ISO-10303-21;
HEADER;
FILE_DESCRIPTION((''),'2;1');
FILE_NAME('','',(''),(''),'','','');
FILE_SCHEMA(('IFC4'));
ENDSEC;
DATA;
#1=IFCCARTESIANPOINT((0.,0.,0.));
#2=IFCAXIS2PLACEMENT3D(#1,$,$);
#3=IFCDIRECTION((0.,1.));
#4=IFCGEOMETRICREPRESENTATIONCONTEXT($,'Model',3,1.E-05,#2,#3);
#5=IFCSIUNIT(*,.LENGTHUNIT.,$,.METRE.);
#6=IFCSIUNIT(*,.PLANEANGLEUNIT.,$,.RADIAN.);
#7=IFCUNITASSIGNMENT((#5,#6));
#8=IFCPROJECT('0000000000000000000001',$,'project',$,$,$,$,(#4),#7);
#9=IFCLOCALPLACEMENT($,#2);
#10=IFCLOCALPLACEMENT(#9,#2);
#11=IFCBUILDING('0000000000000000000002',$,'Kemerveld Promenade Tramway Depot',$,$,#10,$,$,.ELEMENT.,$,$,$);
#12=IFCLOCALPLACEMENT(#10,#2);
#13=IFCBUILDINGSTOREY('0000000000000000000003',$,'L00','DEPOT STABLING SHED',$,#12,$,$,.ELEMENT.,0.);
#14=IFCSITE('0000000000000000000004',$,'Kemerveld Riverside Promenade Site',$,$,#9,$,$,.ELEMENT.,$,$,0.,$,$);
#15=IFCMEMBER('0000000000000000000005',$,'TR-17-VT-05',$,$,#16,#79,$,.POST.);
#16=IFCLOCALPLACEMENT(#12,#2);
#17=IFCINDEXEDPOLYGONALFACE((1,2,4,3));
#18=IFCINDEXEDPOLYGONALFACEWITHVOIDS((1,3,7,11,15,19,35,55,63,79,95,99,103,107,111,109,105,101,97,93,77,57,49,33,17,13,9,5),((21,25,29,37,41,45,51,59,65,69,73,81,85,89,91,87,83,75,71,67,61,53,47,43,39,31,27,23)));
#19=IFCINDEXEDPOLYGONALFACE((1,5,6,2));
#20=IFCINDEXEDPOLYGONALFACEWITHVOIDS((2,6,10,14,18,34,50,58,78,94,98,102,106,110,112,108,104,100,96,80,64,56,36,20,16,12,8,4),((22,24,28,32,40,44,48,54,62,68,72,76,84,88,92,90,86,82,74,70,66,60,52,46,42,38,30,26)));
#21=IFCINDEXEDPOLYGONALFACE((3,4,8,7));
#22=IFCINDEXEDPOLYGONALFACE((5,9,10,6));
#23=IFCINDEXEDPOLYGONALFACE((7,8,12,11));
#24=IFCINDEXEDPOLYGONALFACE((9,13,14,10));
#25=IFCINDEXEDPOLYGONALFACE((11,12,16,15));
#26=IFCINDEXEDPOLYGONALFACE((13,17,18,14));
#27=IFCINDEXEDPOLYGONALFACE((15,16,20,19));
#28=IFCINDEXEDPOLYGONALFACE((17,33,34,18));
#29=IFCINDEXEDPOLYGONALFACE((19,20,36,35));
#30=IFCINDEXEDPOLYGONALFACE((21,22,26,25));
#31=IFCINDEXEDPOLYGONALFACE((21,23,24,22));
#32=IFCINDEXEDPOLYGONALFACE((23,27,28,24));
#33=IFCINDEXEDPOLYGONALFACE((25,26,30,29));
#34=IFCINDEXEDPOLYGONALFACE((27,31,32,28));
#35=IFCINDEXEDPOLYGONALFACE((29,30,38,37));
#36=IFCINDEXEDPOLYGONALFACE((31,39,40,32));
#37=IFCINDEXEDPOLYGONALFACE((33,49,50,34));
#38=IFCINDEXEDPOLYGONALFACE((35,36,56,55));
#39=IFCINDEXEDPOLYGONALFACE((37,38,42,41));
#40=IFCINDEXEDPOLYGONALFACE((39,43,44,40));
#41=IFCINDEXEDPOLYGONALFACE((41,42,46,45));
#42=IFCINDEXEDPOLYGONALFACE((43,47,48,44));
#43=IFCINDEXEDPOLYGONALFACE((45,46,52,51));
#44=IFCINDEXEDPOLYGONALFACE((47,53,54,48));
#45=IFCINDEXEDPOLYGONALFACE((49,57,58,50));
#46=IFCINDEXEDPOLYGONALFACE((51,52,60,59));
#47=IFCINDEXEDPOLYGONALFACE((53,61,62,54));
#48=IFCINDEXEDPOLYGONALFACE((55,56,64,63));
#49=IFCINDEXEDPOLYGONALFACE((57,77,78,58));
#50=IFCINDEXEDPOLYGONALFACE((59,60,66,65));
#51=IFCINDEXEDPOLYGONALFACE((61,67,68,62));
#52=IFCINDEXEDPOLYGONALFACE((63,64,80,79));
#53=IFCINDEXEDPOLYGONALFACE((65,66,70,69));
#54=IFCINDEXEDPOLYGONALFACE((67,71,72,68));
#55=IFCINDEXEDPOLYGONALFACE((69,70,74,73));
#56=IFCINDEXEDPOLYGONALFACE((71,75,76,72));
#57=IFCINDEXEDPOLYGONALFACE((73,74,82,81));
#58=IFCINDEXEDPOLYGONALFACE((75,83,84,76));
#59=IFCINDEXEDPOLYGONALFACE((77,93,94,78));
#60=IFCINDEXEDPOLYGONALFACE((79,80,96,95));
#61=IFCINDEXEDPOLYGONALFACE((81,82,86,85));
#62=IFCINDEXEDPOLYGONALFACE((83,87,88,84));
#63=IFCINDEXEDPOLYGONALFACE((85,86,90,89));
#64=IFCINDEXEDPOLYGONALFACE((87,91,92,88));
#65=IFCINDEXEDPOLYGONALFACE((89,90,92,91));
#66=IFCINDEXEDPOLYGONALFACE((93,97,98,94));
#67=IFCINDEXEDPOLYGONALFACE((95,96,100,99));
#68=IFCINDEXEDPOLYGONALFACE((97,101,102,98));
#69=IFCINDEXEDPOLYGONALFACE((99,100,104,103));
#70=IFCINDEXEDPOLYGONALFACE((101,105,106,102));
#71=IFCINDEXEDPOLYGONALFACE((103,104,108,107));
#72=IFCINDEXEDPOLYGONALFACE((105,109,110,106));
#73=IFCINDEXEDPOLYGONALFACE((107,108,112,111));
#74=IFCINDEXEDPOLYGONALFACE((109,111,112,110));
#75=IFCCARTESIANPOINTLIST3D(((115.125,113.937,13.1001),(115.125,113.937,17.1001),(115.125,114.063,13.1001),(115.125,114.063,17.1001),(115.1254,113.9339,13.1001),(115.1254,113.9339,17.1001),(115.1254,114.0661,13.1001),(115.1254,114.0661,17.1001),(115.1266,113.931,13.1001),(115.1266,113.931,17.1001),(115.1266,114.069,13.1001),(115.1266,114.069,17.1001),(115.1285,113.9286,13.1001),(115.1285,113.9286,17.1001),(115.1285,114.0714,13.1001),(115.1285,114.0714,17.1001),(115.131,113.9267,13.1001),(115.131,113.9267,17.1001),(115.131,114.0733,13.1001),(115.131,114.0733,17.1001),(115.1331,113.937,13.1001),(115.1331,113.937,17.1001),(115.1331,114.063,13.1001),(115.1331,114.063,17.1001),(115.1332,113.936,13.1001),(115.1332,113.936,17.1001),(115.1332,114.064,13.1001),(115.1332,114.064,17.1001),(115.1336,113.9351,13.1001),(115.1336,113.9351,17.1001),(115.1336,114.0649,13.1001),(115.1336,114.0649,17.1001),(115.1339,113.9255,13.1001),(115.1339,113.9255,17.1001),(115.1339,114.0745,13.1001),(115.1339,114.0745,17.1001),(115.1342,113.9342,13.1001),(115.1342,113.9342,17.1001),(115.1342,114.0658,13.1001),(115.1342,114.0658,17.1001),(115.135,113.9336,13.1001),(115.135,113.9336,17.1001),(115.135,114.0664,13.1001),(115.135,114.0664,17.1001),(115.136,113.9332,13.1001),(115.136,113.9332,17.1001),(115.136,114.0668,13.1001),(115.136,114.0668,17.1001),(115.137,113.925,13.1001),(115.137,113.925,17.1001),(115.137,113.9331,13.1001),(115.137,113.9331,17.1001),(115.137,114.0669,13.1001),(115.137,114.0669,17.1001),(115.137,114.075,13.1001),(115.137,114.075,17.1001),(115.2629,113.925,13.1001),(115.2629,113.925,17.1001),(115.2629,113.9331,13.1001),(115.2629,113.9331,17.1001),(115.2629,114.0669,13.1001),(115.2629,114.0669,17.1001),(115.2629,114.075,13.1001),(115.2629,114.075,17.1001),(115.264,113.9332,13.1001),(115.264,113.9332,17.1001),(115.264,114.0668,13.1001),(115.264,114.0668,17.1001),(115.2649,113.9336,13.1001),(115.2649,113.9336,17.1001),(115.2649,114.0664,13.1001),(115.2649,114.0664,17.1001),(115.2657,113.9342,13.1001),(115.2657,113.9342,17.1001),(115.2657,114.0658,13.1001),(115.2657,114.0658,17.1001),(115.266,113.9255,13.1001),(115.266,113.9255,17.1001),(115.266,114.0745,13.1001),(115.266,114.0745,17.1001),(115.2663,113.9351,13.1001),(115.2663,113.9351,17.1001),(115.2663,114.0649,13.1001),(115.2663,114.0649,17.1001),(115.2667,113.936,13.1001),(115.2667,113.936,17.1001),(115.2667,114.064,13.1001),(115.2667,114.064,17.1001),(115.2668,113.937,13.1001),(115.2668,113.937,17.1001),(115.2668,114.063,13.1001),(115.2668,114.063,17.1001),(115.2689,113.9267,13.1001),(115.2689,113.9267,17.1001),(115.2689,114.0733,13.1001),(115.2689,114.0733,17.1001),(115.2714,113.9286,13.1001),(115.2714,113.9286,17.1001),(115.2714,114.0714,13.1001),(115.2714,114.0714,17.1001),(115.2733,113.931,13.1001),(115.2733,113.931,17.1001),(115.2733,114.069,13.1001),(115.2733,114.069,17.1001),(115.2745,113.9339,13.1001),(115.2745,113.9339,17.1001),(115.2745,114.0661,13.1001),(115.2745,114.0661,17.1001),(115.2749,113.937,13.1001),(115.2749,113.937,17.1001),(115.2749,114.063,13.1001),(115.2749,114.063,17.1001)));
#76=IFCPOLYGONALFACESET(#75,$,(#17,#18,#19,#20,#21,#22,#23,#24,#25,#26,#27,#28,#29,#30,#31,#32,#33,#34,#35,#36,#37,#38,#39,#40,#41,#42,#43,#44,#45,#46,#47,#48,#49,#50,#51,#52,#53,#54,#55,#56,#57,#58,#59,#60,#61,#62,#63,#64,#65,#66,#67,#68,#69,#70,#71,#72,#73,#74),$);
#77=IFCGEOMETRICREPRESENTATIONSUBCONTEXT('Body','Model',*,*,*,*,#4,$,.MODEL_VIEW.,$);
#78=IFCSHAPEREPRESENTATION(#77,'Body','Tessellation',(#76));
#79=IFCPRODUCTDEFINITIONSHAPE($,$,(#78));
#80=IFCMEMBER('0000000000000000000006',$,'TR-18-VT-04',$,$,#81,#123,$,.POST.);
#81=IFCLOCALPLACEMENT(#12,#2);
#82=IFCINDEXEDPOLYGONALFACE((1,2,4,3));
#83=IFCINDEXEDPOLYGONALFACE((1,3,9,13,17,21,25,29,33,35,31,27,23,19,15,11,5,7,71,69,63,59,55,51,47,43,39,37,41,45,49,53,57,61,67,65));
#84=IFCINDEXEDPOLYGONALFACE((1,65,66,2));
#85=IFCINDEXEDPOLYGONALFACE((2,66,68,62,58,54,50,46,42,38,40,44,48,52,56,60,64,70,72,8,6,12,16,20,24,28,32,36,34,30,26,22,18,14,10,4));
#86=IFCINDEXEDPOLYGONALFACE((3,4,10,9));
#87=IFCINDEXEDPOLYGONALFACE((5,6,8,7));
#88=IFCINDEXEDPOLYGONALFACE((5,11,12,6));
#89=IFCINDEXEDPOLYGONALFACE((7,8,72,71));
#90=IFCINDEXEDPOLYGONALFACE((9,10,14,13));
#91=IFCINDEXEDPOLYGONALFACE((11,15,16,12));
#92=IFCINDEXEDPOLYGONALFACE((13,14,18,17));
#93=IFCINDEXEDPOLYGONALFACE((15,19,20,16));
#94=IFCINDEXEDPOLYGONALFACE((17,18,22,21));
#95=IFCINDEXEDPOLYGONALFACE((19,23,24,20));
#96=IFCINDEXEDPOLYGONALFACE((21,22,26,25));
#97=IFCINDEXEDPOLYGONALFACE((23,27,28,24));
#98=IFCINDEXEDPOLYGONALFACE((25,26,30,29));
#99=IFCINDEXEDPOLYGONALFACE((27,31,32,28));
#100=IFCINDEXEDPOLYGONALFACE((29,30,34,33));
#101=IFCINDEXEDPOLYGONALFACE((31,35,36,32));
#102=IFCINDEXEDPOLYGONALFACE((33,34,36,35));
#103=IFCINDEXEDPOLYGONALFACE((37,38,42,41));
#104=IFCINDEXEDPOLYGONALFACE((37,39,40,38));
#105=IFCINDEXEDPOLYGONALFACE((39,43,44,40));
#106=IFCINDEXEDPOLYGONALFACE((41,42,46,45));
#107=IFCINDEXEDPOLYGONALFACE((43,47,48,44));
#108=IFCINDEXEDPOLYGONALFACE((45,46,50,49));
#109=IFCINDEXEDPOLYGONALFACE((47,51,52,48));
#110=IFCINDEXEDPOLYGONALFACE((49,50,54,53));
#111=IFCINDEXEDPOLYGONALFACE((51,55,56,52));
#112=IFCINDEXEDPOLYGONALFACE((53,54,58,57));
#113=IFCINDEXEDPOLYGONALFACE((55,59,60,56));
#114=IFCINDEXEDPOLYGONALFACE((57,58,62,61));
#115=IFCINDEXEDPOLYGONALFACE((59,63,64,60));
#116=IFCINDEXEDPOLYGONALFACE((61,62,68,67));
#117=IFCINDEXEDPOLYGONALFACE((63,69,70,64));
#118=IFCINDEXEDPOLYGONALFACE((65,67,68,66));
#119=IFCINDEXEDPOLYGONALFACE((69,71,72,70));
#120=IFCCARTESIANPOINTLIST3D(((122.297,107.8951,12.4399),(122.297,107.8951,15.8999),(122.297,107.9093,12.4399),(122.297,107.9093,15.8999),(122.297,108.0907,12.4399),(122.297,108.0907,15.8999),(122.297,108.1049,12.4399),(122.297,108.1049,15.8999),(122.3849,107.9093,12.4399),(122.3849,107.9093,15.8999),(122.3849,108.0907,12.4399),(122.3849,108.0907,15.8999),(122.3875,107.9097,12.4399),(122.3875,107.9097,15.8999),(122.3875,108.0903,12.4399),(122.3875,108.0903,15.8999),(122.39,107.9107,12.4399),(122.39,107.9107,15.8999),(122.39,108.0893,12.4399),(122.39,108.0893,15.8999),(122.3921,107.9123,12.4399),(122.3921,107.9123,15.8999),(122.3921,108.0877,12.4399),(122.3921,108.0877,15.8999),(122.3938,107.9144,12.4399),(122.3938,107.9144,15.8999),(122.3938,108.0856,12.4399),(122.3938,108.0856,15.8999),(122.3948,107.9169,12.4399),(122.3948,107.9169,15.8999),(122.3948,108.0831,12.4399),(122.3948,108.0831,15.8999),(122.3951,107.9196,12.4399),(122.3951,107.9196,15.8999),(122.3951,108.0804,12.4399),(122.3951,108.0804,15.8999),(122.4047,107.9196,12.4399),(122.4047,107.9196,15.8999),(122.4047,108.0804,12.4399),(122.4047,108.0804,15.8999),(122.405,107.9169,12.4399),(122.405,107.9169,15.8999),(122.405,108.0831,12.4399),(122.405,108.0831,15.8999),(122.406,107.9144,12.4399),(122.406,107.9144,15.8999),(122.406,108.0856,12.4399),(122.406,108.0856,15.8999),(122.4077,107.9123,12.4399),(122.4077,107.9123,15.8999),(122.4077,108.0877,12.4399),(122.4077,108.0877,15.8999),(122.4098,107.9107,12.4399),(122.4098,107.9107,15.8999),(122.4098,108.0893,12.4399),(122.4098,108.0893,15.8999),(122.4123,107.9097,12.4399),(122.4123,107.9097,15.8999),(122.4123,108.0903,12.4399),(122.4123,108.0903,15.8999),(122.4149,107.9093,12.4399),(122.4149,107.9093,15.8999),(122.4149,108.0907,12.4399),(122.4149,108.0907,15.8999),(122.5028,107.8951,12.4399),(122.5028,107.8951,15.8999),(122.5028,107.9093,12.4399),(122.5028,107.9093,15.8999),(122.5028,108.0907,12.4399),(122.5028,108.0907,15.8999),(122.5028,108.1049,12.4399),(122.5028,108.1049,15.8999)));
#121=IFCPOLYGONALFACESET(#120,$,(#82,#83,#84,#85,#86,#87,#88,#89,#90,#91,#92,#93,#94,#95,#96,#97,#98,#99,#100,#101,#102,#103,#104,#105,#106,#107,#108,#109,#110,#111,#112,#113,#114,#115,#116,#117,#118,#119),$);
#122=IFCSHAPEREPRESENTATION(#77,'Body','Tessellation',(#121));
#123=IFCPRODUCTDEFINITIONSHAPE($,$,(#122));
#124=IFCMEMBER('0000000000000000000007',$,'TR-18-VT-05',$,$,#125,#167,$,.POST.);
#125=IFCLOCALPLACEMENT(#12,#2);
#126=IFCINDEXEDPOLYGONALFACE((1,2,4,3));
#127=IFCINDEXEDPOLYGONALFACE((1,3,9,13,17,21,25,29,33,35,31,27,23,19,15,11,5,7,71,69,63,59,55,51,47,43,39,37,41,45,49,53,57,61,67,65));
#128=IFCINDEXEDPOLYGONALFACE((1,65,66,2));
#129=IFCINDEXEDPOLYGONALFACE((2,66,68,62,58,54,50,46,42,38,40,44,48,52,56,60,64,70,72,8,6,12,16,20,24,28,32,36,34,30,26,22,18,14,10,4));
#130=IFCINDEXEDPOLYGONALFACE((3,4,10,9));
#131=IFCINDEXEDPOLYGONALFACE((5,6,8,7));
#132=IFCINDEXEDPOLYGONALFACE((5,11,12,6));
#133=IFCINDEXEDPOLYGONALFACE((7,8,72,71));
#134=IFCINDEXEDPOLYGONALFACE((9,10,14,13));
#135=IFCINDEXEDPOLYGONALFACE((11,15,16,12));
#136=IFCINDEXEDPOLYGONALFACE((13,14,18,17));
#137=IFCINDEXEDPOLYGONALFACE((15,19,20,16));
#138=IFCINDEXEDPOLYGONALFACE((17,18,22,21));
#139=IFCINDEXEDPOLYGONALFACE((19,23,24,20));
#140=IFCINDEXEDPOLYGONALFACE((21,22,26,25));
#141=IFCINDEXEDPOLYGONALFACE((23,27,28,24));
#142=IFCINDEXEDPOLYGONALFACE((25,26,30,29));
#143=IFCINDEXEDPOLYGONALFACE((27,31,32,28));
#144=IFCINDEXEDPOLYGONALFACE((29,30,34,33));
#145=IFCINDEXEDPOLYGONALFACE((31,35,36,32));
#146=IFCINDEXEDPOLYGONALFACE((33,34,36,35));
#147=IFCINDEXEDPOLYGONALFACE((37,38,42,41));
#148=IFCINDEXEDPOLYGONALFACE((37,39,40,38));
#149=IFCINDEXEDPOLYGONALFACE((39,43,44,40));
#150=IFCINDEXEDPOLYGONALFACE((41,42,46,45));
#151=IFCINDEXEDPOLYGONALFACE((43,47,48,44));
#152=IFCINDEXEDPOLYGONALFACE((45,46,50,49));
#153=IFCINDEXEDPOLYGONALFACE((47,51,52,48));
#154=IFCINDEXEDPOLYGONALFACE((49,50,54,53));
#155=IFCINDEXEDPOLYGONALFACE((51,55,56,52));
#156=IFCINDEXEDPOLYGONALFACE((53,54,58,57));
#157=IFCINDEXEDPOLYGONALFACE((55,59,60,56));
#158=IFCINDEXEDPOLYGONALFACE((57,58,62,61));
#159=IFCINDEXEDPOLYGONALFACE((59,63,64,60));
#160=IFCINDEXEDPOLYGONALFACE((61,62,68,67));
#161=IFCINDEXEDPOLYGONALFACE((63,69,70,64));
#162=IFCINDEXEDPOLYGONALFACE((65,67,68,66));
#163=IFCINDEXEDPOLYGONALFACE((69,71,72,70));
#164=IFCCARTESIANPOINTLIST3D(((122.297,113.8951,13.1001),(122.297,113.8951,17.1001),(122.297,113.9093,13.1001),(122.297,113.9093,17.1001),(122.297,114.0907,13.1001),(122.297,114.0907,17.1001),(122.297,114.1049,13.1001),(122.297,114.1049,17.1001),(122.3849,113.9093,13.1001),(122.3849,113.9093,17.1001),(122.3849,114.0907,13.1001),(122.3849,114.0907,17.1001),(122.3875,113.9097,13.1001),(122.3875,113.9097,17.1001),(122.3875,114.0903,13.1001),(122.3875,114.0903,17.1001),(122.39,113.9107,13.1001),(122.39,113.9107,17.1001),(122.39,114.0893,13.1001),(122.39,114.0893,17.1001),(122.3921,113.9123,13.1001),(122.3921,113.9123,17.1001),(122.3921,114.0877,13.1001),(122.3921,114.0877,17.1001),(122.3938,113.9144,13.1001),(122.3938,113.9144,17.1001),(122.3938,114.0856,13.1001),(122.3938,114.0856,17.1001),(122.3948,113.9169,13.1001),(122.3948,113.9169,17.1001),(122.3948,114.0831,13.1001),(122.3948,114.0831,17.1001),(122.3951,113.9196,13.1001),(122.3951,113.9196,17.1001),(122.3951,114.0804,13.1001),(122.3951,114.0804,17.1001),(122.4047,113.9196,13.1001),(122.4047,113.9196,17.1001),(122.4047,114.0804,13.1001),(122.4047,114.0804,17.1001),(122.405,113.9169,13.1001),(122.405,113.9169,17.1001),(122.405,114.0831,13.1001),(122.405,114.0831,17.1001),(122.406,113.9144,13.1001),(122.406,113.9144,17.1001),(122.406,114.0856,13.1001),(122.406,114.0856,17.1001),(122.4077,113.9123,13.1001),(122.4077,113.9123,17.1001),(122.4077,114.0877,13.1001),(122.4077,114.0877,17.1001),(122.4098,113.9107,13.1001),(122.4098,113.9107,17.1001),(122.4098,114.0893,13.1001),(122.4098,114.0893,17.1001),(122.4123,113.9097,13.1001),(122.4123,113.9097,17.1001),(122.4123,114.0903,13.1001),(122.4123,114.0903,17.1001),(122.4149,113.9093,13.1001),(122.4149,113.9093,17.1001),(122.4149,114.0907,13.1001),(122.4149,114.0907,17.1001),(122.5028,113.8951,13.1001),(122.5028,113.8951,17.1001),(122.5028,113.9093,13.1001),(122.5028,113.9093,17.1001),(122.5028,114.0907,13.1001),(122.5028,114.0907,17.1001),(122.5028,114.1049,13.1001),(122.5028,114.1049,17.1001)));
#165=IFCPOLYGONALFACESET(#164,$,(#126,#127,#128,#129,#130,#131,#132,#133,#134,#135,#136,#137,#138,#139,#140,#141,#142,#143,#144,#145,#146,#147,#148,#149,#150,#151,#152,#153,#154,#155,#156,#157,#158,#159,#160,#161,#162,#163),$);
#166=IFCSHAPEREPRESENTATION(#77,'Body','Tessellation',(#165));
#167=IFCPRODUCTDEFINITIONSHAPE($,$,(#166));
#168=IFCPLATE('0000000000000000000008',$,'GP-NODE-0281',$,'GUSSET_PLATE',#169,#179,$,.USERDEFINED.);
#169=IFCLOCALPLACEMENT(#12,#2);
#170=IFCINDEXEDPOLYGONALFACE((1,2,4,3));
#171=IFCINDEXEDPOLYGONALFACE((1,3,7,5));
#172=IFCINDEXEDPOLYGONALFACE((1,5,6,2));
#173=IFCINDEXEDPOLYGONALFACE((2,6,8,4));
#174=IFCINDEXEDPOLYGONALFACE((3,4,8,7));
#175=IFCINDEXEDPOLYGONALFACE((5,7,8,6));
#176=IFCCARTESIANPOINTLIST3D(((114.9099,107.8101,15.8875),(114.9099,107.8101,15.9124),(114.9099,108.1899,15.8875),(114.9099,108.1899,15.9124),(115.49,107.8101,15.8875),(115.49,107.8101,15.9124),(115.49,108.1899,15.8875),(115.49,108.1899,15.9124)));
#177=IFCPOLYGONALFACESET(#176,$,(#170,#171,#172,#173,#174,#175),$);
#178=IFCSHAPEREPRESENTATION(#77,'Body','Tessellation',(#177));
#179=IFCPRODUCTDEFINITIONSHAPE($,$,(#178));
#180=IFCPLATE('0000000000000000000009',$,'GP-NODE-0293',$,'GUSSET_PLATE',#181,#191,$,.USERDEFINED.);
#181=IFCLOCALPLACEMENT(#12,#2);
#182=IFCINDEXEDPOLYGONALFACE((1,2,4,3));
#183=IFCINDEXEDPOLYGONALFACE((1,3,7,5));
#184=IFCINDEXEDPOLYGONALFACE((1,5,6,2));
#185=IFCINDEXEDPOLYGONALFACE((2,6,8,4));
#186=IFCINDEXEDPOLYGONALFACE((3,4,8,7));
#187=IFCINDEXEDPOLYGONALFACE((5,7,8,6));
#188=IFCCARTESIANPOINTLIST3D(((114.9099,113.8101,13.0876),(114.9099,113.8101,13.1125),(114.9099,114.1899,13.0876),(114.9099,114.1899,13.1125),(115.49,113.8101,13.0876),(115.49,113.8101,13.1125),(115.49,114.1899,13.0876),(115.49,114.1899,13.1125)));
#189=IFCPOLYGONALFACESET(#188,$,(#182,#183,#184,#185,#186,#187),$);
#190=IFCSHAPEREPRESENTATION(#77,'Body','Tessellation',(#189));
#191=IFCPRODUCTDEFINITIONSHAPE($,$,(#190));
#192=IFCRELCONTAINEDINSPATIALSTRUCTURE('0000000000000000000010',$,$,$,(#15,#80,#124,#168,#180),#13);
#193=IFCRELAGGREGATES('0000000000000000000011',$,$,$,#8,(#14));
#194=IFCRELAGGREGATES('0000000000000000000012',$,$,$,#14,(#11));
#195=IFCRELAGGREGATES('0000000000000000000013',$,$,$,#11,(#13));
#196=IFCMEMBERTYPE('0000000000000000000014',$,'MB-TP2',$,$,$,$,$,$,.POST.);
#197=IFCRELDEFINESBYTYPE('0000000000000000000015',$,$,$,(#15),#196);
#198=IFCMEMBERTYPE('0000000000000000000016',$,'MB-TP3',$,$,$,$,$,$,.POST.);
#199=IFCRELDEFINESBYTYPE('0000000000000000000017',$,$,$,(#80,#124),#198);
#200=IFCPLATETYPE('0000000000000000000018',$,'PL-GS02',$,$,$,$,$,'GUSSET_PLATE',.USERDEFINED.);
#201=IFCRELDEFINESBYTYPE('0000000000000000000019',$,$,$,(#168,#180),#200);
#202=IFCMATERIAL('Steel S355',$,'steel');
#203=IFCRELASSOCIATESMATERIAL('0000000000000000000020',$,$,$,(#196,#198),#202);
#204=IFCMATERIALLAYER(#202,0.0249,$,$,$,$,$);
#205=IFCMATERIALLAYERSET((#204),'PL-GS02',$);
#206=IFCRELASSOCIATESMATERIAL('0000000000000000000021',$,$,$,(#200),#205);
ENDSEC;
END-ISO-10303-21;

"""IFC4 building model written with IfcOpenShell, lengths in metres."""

from ifc_helpers import new_model, si_unit, direction, frame, origin, origin_2d, place, context, subcontext, project, spatial, rectangle, hollow_rectangle, i_section, extrude, material, layer, layer_set, material_profile, profile_set, type_object, element, save


model = new_model("IFC4")

# Units and contexts
model_context = context("Model", 3, precision=1e-05, world=origin(), true_north=direction((0.0, 1.0)))
body_context = subcontext(model_context, "Body", "Model", "MODEL_VIEW")
ifc_project = project(units=[si_unit("LENGTHUNIT", "METRE"), si_unit("PLANEANGLEUNIT", "RADIAN")], contexts=[model_context])

# Site, building, storey
site_placement = place(None, origin())
site = spatial("IfcSite", under=ifc_project, at=site_placement, Name="Kemerveld Riverside Promenade Site", CompositionType="ELEMENT", RefElevation=0.0)
building_placement = place(site_placement, origin())
building = spatial("IfcBuilding", under=site, at=building_placement, Name="Kemerveld Promenade Tramway Depot", CompositionType="ELEMENT")
storey_placement = place(building_placement, origin())
storey = spatial("IfcBuildingStorey", under=building, at=storey_placement, Name="L00", Description="DEPOT STABLING SHED", CompositionType="ELEMENT", Elevation=0.0)

# Members
ifc_material_1 = material(Name="Steel S355", Category="steel")
ifc_material_profile_1 = material_profile(ifc_material_1, hollow_rectangle(XDim=0.1499, YDim=0.1499, WallThickness=0.0081, InnerFilletRadius=0.0039, OuterFilletRadius=0.012, at=origin_2d()), Name="150x150x8.0 SHS")
ifc_profile_set_1 = profile_set([ifc_material_profile_1], Name="Steel S355")
member_type_1 = type_object("IfcMemberType", Name="MB-TP2", PredefinedType="POST", material=ifc_profile_set_1)
member_1_placement = place(storey_placement, frame((115.2, 114.0, 13.1001), z_axis=(0.0, 0.0, 1.0), x_axis=(1.0, 0.0, 0.0)))
element("IfcMember", 1, at=member_1_placement, inside=storey, type_object=member_type_1, Name="TR-17-VT-05", PredefinedType="POST", context=body_context, shape_type="SweptSolid", body=[
    extrude(hollow_rectangle(XDim=0.1499, YDim=0.1499, WallThickness=0.0081, InnerFilletRadius=0.0039, OuterFilletRadius=0.012, at=origin_2d()), origin(), (0.0, 0.0, 1.0), 4.0),
])
ifc_material_profile_2 = material_profile(ifc_material_1, i_section(OverallWidth=0.2058, OverallDepth=0.2097, WebThickness=0.0095, FlangeThickness=0.0142, FilletRadius=0.0103, at=origin_2d()), Name="203x203x60 UC")
ifc_profile_set_2 = profile_set([ifc_material_profile_2], Name="Steel S355")
member_type_2 = type_object("IfcMemberType", Name="MB-TP3", PredefinedType="POST", material=ifc_profile_set_2)
member_2_placement = place(storey_placement, frame((122.3999, 108.0, 12.4399), z_axis=(0.0, 0.0, 1.0), x_axis=(1.0, 0.0, 0.0)))
element("IfcMember", 2, at=member_2_placement, inside=storey, type_object=member_type_2, Name="TR-18-VT-04", PredefinedType="POST", context=body_context, shape_type="SweptSolid", body=[
    extrude(i_section(OverallWidth=0.2058, OverallDepth=0.2097, WebThickness=0.0095, FlangeThickness=0.0142, FilletRadius=0.0103, at=origin_2d()), origin(), (0.0, 0.0, 1.0), 3.46),
])
member_3_placement = place(storey_placement, frame((122.3999, 114.0, 13.1001), z_axis=(0.0, 0.0, 1.0), x_axis=(1.0, 0.0, 0.0)))
element("IfcMember", 3, at=member_3_placement, inside=storey, type_object=member_type_2, Name="TR-18-VT-05", PredefinedType="POST", context=body_context, shape_type="SweptSolid", body=[
    extrude(i_section(OverallWidth=0.2058, OverallDepth=0.2097, WebThickness=0.0095, FlangeThickness=0.0142, FilletRadius=0.0103, at=origin_2d()), origin(), (0.0, 0.0, 1.0), 4.0),
])

# Plates
ifc_layer_1 = layer(ifc_material_1, 0.0249)
ifc_layer_set_1 = layer_set([ifc_layer_1], Name="PL-GS02")
plate_type_1 = type_object("IfcPlateType", Name="PL-GS02", ElementType="GUSSET_PLATE", PredefinedType="USERDEFINED", material=ifc_layer_set_1)
for number, where, z_axis, x_axis, name in (
    (4, (115.2, 108.0, 15.8875), (0.0, 0.0, 1.0), (1.0, 0.0, 0.0), "GP-NODE-0281"),
    (5, (115.2, 114.0, 13.0876), (0.0, 0.0, 1.0), (1.0, 0.0, 0.0), "GP-NODE-0293"),
):
    element("IfcPlate", number, at=place(storey_placement, frame(where, z_axis=z_axis, x_axis=x_axis)), inside=storey, type_object=plate_type_1, Name=name, ObjectType="GUSSET_PLATE", PredefinedType="USERDEFINED", context=body_context, shape_type="SweptSolid", body=[
        extrude(rectangle(XDim=0.5801, YDim=0.3799, at=origin_2d()), origin(), (0.0, 0.0, 1.0), 0.0249),
    ])

save(model, "model.ifc")
